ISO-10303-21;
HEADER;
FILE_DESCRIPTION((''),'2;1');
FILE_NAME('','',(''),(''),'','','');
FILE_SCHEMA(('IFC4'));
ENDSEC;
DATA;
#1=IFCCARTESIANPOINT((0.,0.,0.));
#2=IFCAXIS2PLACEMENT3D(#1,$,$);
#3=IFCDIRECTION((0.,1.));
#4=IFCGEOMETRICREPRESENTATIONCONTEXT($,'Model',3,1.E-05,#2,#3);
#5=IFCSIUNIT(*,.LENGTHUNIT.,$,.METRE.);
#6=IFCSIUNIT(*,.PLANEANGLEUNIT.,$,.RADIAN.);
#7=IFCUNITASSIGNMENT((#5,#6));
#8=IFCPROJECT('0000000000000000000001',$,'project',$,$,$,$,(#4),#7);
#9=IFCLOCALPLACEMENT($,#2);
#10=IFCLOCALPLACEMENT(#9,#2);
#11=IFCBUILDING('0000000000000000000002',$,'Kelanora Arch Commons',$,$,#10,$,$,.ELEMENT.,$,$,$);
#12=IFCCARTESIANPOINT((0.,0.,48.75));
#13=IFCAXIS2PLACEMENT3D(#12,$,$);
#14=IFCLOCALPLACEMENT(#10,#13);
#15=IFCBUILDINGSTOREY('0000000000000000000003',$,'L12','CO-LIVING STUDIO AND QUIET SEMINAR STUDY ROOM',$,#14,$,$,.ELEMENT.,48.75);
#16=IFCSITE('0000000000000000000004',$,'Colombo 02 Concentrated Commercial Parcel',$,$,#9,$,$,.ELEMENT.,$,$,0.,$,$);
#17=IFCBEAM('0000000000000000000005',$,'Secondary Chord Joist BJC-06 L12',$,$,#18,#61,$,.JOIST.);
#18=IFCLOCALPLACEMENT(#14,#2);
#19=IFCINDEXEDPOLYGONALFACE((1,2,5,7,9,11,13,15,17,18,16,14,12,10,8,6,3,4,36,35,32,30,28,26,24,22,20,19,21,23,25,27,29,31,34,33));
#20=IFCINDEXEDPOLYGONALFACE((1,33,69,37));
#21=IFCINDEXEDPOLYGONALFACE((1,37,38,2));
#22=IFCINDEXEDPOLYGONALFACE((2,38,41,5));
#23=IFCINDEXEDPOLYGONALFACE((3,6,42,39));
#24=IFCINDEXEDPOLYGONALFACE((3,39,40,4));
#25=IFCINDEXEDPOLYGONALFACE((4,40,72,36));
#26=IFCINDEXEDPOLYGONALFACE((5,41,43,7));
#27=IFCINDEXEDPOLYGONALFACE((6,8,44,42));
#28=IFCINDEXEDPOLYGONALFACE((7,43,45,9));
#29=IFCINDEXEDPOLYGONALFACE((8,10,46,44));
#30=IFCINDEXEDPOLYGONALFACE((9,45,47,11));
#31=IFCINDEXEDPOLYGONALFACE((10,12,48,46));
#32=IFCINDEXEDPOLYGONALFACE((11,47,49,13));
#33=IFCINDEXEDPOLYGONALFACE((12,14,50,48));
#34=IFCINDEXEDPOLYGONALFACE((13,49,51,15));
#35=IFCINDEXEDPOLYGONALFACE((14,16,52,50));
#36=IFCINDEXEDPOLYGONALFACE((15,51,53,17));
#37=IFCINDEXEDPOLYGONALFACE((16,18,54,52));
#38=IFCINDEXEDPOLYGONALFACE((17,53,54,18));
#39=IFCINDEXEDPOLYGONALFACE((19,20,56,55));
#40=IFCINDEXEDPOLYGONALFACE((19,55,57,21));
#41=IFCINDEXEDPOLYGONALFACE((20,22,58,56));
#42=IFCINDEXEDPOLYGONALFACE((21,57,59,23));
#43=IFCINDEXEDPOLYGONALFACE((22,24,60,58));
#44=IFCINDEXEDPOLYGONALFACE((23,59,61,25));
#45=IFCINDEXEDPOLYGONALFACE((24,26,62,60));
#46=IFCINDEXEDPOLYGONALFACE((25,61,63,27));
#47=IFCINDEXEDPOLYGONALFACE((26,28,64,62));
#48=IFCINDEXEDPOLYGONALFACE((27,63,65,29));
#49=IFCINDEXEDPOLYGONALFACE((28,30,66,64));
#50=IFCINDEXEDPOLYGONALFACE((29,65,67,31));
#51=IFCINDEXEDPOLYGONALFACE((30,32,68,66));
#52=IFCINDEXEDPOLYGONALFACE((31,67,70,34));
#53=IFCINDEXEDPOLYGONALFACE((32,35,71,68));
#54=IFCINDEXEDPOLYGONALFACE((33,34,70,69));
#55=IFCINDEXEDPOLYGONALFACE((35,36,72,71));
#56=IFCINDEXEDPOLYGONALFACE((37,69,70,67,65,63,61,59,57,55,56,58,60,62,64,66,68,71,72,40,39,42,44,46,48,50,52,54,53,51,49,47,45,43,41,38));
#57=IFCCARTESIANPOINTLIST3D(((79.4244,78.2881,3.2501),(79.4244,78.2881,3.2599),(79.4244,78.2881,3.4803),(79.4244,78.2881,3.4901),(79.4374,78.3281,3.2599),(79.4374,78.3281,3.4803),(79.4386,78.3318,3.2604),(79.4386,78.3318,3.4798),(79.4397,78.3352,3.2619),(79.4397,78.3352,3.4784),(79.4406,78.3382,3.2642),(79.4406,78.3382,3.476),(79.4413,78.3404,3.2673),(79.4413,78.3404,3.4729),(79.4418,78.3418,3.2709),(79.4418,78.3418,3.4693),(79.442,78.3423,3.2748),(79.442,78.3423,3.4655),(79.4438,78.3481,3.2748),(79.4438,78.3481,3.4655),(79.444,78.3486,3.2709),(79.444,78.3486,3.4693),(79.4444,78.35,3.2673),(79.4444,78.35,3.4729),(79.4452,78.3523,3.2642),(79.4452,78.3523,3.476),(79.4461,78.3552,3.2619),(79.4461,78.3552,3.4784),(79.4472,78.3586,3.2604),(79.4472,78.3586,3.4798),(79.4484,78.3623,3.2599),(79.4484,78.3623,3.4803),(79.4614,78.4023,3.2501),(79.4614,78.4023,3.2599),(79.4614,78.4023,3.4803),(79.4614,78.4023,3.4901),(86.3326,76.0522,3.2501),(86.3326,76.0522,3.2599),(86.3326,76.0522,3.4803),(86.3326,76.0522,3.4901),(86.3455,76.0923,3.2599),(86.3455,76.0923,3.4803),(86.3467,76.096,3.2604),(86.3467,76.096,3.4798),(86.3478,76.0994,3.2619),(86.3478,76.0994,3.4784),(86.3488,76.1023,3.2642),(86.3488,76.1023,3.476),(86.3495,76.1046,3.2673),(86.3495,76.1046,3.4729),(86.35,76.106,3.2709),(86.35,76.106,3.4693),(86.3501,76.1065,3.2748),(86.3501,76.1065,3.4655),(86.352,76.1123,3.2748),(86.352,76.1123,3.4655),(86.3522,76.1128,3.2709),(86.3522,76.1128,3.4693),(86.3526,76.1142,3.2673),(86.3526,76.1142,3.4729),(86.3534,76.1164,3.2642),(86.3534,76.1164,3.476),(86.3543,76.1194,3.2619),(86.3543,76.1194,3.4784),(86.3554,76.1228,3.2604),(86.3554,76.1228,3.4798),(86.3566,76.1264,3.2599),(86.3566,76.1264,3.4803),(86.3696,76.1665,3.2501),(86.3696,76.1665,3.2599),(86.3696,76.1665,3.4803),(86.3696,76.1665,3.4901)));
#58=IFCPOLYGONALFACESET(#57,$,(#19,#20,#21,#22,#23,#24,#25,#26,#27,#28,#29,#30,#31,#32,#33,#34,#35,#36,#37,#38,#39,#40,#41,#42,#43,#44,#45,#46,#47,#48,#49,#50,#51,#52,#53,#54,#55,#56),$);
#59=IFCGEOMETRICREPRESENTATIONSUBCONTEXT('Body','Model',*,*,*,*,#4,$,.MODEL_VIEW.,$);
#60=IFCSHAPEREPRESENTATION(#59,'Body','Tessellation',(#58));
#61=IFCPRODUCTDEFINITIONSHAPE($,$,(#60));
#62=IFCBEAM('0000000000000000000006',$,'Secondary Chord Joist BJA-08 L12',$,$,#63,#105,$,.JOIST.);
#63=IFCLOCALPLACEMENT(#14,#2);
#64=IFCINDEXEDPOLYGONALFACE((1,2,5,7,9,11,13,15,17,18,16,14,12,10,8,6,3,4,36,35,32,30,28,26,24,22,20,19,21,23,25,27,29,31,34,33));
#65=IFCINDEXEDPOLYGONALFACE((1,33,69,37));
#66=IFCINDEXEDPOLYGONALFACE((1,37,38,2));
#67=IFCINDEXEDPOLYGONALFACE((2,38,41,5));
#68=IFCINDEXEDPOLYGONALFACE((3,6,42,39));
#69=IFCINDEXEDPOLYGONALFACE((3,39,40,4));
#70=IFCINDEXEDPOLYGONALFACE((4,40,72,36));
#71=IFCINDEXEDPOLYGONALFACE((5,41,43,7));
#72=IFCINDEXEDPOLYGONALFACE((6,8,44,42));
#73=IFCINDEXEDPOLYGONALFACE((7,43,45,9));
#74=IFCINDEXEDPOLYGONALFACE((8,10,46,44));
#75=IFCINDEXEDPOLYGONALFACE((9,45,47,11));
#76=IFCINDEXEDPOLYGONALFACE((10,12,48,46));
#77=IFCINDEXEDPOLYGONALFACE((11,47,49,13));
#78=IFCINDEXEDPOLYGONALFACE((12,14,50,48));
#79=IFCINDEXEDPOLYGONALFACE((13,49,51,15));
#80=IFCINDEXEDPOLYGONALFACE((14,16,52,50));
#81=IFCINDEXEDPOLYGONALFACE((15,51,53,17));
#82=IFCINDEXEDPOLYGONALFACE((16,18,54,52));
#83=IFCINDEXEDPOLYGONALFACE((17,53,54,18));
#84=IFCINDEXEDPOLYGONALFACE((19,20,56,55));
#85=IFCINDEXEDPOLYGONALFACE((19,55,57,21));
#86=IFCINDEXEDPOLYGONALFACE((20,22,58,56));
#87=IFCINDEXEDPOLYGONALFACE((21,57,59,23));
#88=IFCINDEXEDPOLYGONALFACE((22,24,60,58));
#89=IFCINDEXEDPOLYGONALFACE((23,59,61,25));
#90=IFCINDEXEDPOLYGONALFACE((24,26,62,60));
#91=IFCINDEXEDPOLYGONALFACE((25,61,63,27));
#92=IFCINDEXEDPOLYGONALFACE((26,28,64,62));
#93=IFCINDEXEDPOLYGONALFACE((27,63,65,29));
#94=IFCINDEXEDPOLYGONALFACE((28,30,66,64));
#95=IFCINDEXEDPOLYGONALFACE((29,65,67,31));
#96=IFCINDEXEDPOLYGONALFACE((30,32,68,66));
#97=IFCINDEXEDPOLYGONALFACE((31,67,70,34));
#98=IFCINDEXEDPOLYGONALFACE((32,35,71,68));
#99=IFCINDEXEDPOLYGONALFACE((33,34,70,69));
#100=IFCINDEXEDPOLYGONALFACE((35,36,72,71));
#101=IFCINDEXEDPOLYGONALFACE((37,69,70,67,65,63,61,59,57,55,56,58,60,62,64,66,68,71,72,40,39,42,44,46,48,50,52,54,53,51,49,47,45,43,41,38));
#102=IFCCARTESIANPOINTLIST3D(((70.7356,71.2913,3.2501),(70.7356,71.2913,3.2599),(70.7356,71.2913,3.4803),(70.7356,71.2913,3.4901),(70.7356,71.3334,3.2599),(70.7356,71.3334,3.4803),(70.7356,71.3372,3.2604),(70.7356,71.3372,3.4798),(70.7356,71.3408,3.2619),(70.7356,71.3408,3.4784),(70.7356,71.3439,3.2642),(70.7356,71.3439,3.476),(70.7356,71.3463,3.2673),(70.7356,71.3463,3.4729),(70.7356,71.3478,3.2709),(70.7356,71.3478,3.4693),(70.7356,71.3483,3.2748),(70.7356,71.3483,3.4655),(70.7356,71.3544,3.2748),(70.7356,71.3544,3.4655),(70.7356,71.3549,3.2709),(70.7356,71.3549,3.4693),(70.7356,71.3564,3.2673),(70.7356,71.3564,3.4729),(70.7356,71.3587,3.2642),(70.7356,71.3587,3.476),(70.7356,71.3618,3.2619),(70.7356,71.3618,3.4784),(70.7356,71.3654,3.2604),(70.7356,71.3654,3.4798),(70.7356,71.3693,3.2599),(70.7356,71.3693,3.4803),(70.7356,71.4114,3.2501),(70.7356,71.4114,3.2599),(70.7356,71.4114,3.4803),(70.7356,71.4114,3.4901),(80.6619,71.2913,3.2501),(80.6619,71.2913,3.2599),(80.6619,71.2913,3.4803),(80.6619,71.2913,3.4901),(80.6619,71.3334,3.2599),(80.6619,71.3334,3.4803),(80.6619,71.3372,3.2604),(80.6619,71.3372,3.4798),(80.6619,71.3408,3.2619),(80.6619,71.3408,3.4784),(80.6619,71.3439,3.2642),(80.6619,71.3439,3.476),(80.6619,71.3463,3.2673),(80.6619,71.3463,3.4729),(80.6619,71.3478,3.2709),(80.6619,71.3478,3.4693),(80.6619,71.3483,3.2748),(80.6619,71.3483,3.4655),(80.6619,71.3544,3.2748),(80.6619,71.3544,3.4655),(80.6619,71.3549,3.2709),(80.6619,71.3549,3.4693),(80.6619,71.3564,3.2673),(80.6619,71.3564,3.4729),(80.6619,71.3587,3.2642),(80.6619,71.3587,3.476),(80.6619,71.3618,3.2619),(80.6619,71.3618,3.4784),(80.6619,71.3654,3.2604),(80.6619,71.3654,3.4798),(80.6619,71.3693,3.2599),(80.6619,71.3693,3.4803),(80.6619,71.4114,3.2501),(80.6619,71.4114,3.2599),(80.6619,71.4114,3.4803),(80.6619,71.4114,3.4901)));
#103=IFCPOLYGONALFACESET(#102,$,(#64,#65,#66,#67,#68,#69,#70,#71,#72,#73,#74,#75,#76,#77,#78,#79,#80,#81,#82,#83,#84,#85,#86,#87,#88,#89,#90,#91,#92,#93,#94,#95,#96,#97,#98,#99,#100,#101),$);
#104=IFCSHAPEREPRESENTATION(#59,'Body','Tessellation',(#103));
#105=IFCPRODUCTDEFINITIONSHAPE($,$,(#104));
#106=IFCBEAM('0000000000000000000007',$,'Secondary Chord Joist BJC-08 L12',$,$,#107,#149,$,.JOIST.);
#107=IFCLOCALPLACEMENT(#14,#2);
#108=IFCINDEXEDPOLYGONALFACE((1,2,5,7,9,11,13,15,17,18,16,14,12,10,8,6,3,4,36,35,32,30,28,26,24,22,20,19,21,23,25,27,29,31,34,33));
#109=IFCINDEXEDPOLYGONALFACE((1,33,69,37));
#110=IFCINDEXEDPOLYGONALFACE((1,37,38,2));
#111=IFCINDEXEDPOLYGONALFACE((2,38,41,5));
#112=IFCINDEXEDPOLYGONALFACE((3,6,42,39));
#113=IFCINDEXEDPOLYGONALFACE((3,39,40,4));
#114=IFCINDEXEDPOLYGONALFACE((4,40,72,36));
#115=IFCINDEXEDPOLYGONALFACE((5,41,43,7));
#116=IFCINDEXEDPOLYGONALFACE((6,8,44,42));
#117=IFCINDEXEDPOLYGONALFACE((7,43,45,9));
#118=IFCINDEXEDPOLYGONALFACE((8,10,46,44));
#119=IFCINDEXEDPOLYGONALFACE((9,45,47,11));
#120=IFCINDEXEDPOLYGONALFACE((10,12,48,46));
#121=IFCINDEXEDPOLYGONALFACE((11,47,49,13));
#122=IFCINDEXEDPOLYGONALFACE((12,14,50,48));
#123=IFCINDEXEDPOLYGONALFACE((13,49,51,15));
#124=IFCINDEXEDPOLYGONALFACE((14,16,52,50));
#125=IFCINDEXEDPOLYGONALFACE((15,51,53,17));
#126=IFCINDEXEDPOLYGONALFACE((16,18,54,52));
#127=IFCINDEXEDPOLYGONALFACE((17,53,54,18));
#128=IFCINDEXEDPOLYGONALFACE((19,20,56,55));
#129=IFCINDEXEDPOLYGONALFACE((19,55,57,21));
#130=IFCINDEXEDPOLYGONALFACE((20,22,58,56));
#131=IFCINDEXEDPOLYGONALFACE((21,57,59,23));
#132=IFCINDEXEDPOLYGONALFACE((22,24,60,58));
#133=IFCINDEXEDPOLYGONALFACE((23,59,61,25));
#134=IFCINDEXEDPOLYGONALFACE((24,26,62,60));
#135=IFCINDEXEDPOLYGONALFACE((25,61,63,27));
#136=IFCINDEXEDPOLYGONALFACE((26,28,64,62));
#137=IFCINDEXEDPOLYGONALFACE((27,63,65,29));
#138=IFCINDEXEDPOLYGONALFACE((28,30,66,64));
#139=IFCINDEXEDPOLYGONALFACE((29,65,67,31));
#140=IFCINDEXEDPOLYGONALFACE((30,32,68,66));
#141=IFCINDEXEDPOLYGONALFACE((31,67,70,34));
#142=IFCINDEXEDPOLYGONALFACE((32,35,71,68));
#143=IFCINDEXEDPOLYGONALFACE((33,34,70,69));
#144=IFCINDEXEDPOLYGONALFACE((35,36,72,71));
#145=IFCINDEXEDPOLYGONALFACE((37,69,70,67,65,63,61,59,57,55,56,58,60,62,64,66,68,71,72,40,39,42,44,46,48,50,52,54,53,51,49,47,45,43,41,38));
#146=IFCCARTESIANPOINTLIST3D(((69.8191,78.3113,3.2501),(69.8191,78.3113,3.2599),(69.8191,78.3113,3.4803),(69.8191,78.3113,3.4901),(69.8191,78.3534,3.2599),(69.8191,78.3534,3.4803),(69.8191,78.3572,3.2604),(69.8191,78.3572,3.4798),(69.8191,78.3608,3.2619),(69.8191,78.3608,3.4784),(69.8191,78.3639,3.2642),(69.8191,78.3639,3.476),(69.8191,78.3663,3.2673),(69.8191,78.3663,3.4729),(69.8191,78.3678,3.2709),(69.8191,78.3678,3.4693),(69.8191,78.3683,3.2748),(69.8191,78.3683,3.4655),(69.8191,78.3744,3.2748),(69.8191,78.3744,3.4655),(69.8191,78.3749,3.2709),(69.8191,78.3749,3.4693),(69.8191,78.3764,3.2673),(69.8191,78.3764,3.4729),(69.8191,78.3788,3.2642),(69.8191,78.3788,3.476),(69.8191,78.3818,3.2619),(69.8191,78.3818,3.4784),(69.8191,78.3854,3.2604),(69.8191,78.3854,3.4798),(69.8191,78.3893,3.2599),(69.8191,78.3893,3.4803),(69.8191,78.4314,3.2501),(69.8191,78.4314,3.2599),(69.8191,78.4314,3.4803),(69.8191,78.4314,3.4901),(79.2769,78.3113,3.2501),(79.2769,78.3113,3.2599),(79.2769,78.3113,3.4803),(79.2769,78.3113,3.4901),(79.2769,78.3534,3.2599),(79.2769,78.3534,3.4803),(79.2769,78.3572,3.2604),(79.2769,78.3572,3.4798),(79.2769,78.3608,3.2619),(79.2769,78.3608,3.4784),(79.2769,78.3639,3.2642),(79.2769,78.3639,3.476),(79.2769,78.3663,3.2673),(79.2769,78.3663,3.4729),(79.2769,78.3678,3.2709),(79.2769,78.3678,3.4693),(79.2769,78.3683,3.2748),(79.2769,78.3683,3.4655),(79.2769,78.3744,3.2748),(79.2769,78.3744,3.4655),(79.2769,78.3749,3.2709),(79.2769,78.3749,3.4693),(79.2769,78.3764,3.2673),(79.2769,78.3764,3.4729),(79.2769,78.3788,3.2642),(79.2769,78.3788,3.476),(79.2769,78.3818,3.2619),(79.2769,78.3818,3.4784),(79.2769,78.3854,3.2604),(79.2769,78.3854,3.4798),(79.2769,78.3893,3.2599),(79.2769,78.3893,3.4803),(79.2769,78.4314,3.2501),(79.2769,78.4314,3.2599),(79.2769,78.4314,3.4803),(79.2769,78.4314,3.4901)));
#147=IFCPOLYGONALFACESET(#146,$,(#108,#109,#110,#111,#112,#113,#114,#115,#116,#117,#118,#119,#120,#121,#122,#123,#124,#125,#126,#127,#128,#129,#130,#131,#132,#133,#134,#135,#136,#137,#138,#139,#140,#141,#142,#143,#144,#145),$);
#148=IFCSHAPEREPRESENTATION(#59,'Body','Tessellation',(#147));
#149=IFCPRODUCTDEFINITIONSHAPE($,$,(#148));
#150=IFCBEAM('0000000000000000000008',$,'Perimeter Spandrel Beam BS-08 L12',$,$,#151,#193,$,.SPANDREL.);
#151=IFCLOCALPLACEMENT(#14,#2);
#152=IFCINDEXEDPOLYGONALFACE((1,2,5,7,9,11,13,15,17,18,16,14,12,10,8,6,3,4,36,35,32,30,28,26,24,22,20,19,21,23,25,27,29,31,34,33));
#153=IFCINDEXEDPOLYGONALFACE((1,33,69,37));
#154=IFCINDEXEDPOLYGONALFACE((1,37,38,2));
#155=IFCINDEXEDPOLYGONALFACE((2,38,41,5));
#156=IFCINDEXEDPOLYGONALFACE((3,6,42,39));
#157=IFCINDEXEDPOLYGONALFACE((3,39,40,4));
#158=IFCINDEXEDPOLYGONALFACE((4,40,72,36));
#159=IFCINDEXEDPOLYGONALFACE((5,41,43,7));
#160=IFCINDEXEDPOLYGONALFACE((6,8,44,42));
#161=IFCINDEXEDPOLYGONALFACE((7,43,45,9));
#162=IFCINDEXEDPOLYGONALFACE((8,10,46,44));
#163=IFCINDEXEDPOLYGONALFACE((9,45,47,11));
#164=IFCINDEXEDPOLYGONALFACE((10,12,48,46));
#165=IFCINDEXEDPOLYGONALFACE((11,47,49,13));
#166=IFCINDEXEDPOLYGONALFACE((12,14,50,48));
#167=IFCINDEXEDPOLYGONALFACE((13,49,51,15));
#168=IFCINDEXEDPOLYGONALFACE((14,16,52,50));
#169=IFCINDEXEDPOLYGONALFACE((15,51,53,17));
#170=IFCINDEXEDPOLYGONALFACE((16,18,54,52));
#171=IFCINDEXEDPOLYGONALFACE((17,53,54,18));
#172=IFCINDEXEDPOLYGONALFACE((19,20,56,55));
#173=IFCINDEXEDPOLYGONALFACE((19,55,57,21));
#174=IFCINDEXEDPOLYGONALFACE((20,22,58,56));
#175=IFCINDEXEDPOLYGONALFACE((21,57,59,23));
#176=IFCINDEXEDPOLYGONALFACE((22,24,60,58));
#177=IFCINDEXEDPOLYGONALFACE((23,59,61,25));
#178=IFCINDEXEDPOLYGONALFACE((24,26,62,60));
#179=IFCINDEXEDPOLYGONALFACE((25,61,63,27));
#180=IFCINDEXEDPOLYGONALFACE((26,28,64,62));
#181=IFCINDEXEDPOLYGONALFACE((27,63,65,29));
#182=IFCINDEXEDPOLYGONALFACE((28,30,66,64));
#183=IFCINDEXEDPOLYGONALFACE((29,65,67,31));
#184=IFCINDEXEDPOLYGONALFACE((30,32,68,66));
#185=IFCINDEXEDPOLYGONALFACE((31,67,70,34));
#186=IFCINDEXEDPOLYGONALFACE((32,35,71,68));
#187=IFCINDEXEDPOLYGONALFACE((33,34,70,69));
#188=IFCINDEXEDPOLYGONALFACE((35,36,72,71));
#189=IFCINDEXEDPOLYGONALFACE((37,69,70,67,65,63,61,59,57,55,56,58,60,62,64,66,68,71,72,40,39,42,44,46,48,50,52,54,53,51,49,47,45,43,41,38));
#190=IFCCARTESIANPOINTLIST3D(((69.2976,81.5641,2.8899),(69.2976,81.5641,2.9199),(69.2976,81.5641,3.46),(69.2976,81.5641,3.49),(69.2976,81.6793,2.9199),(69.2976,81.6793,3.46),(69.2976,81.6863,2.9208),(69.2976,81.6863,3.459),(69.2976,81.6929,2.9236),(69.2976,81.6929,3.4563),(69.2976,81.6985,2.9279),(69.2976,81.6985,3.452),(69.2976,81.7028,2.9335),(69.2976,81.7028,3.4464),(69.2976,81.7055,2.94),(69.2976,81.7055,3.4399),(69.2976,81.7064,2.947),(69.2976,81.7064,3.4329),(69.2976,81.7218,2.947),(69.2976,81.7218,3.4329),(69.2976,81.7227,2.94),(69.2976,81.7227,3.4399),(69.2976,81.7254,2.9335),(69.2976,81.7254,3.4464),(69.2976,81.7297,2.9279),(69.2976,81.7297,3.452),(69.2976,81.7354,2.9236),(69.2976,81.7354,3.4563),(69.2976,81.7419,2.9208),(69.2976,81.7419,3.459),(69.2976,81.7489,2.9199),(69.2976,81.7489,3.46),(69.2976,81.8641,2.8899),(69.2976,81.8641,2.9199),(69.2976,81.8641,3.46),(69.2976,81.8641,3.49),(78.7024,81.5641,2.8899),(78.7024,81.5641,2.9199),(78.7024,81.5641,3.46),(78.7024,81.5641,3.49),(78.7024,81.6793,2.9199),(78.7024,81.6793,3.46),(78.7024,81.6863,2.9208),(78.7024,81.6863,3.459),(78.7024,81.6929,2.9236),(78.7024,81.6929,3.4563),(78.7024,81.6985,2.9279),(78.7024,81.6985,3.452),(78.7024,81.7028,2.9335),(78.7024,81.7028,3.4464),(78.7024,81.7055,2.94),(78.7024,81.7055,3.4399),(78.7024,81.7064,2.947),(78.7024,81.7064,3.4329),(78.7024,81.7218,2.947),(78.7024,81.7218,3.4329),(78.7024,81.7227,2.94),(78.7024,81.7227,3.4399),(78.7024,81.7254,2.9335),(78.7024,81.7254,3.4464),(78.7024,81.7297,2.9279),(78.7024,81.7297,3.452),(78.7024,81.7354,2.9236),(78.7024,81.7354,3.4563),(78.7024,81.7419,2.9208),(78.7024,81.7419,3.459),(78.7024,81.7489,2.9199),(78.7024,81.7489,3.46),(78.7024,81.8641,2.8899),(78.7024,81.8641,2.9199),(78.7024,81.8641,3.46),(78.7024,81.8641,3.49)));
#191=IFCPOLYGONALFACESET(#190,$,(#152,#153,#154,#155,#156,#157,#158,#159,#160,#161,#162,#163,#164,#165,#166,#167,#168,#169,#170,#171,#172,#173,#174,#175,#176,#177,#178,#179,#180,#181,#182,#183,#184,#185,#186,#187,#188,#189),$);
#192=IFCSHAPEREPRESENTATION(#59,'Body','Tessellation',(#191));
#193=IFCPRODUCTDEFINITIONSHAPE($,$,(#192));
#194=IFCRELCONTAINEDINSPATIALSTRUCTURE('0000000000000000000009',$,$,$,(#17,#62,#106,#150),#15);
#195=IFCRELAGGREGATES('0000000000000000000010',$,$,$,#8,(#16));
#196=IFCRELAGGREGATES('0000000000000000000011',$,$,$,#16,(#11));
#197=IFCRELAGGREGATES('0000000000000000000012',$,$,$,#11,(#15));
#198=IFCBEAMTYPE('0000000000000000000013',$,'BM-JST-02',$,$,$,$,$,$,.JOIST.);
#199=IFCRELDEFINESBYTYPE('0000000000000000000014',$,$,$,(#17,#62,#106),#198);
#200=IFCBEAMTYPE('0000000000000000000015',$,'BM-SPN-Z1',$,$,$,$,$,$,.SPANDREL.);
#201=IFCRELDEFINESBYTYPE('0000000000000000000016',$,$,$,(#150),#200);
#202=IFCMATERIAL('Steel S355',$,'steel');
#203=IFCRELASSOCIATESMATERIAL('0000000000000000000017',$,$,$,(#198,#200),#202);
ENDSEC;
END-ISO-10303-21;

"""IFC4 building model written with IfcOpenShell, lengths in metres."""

from ifc_helpers import new_model, si_unit, direction, frame, origin, origin_2d, place, context, subcontext, project, spatial, i_section, extrude, material, material_profile, profile_set, type_object, element, save


model = new_model("IFC4")

# Units and contexts
model_context = context("Model", 3, precision=1e-05, world=origin(), true_north=direction((0.0, 1.0)))
body_context = subcontext(model_context, "Body", "Model", "MODEL_VIEW")
ifc_project = project(units=[si_unit("LENGTHUNIT", "METRE"), si_unit("PLANEANGLEUNIT", "RADIAN")], contexts=[model_context])

# Site, building, storey
site_placement = place(None, origin())
site = spatial("IfcSite", under=ifc_project, at=site_placement, Name="Colombo 02 Concentrated Commercial Parcel", CompositionType="ELEMENT", RefElevation=0.0)
building_placement = place(site_placement, origin())
building = spatial("IfcBuilding", under=site, at=building_placement, Name="Kelanora Arch Commons", CompositionType="ELEMENT")
storey_placement = place(building_placement, frame((0.0, 0.0, 48.75)))
storey = spatial("IfcBuildingStorey", under=building, at=storey_placement, Name="L12", Description="CO-LIVING STUDIO AND QUIET SEMINAR STUDY ROOM", CompositionType="ELEMENT", Elevation=48.75)

# Beams
ifc_material_1 = material(Name="Steel S355", Category="steel")
ifc_material_profile_1 = material_profile(ifc_material_1, i_section(OverallWidth=0.1201, OverallDepth=0.24, WebThickness=0.0061, FlangeThickness=0.0098, FilletRadius=0.0149, at=origin_2d()), Name="IPE240")
ifc_profile_set_1 = profile_set([ifc_material_profile_1], Name="Steel S355")
beam_type_1 = type_object("IfcBeamType", Name="BM-JST-02", PredefinedType="JOIST", material=ifc_profile_set_1)
beam_1_placement = place(storey_placement, frame((86.3511, 76.1094, 3.3701), z_axis=(-0.951411, 0.307924, 0.0), x_axis=(-0.307924, -0.951411, 0.0)))
element("IfcBeam", 1, at=beam_1_placement, inside=storey, type_object=beam_type_1, Name="Secondary Chord Joist BJC-06 L12", PredefinedType="JOIST", context=body_context, shape_type="SweptSolid", body=[
    extrude(i_section(OverallWidth=0.1201, OverallDepth=0.24, WebThickness=0.0061, FlangeThickness=0.0098, FilletRadius=0.0149, at=origin_2d()), origin(), (0.0, 0.0, 1.0), 7.261),
])
beam_2_placement = place(storey_placement, frame((80.6619, 71.3513, 3.3701), z_axis=(-1.0, 0.0, 0.0), x_axis=(0.0, -1.0, 0.0)))
element("IfcBeam", 2, at=beam_2_placement, inside=storey, type_object=beam_type_1, Name="Secondary Chord Joist BJA-08 L12", PredefinedType="JOIST", context=body_context, shape_type="SweptSolid", body=[
    extrude(i_section(OverallWidth=0.1201, OverallDepth=0.24, WebThickness=0.0061, FlangeThickness=0.0098, FilletRadius=0.0149, at=origin_2d()), origin(), (0.0, 0.0, 1.0), 9.9263),
])
beam_3_placement = place(storey_placement, frame((79.2769, 78.3713, 3.3701), z_axis=(-1.0, 0.0, 0.0), x_axis=(0.0, -1.0, 0.0)))
element("IfcBeam", 3, at=beam_3_placement, inside=storey, type_object=beam_type_1, Name="Secondary Chord Joist BJC-08 L12", PredefinedType="JOIST", context=body_context, shape_type="SweptSolid", body=[
    extrude(i_section(OverallWidth=0.1201, OverallDepth=0.24, WebThickness=0.0061, FlangeThickness=0.0098, FilletRadius=0.0149, at=origin_2d()), origin(), (0.0, 0.0, 1.0), 9.4578),
])
ifc_material_profile_2 = material_profile(ifc_material_1, i_section(OverallWidth=0.3, OverallDepth=0.6001, WebThickness=0.0154, FlangeThickness=0.03, FilletRadius=0.0271, at=origin_2d()), Name="HEB600")
ifc_profile_set_2 = profile_set([ifc_material_profile_2], Name="Steel S355")
beam_type_2 = type_object("IfcBeamType", Name="BM-SPN-Z1", PredefinedType="SPANDREL", material=ifc_profile_set_2)
beam_4_placement = place(storey_placement, frame((78.7024, 81.7141, 3.1899), z_axis=(-1.0, 0.0, 0.0), x_axis=(0.0, -1.0, 0.0)))
element("IfcBeam", 4, at=beam_4_placement, inside=storey, type_object=beam_type_2, Name="Perimeter Spandrel Beam BS-08 L12", PredefinedType="SPANDREL", context=body_context, shape_type="SweptSolid", body=[
    extrude(i_section(OverallWidth=0.3, OverallDepth=0.6001, WebThickness=0.0154, FlangeThickness=0.03, FilletRadius=0.0271, at=origin_2d()), origin(), (0.0, 0.0, 1.0), 9.4048),
])

save(model, "model.ifc")
